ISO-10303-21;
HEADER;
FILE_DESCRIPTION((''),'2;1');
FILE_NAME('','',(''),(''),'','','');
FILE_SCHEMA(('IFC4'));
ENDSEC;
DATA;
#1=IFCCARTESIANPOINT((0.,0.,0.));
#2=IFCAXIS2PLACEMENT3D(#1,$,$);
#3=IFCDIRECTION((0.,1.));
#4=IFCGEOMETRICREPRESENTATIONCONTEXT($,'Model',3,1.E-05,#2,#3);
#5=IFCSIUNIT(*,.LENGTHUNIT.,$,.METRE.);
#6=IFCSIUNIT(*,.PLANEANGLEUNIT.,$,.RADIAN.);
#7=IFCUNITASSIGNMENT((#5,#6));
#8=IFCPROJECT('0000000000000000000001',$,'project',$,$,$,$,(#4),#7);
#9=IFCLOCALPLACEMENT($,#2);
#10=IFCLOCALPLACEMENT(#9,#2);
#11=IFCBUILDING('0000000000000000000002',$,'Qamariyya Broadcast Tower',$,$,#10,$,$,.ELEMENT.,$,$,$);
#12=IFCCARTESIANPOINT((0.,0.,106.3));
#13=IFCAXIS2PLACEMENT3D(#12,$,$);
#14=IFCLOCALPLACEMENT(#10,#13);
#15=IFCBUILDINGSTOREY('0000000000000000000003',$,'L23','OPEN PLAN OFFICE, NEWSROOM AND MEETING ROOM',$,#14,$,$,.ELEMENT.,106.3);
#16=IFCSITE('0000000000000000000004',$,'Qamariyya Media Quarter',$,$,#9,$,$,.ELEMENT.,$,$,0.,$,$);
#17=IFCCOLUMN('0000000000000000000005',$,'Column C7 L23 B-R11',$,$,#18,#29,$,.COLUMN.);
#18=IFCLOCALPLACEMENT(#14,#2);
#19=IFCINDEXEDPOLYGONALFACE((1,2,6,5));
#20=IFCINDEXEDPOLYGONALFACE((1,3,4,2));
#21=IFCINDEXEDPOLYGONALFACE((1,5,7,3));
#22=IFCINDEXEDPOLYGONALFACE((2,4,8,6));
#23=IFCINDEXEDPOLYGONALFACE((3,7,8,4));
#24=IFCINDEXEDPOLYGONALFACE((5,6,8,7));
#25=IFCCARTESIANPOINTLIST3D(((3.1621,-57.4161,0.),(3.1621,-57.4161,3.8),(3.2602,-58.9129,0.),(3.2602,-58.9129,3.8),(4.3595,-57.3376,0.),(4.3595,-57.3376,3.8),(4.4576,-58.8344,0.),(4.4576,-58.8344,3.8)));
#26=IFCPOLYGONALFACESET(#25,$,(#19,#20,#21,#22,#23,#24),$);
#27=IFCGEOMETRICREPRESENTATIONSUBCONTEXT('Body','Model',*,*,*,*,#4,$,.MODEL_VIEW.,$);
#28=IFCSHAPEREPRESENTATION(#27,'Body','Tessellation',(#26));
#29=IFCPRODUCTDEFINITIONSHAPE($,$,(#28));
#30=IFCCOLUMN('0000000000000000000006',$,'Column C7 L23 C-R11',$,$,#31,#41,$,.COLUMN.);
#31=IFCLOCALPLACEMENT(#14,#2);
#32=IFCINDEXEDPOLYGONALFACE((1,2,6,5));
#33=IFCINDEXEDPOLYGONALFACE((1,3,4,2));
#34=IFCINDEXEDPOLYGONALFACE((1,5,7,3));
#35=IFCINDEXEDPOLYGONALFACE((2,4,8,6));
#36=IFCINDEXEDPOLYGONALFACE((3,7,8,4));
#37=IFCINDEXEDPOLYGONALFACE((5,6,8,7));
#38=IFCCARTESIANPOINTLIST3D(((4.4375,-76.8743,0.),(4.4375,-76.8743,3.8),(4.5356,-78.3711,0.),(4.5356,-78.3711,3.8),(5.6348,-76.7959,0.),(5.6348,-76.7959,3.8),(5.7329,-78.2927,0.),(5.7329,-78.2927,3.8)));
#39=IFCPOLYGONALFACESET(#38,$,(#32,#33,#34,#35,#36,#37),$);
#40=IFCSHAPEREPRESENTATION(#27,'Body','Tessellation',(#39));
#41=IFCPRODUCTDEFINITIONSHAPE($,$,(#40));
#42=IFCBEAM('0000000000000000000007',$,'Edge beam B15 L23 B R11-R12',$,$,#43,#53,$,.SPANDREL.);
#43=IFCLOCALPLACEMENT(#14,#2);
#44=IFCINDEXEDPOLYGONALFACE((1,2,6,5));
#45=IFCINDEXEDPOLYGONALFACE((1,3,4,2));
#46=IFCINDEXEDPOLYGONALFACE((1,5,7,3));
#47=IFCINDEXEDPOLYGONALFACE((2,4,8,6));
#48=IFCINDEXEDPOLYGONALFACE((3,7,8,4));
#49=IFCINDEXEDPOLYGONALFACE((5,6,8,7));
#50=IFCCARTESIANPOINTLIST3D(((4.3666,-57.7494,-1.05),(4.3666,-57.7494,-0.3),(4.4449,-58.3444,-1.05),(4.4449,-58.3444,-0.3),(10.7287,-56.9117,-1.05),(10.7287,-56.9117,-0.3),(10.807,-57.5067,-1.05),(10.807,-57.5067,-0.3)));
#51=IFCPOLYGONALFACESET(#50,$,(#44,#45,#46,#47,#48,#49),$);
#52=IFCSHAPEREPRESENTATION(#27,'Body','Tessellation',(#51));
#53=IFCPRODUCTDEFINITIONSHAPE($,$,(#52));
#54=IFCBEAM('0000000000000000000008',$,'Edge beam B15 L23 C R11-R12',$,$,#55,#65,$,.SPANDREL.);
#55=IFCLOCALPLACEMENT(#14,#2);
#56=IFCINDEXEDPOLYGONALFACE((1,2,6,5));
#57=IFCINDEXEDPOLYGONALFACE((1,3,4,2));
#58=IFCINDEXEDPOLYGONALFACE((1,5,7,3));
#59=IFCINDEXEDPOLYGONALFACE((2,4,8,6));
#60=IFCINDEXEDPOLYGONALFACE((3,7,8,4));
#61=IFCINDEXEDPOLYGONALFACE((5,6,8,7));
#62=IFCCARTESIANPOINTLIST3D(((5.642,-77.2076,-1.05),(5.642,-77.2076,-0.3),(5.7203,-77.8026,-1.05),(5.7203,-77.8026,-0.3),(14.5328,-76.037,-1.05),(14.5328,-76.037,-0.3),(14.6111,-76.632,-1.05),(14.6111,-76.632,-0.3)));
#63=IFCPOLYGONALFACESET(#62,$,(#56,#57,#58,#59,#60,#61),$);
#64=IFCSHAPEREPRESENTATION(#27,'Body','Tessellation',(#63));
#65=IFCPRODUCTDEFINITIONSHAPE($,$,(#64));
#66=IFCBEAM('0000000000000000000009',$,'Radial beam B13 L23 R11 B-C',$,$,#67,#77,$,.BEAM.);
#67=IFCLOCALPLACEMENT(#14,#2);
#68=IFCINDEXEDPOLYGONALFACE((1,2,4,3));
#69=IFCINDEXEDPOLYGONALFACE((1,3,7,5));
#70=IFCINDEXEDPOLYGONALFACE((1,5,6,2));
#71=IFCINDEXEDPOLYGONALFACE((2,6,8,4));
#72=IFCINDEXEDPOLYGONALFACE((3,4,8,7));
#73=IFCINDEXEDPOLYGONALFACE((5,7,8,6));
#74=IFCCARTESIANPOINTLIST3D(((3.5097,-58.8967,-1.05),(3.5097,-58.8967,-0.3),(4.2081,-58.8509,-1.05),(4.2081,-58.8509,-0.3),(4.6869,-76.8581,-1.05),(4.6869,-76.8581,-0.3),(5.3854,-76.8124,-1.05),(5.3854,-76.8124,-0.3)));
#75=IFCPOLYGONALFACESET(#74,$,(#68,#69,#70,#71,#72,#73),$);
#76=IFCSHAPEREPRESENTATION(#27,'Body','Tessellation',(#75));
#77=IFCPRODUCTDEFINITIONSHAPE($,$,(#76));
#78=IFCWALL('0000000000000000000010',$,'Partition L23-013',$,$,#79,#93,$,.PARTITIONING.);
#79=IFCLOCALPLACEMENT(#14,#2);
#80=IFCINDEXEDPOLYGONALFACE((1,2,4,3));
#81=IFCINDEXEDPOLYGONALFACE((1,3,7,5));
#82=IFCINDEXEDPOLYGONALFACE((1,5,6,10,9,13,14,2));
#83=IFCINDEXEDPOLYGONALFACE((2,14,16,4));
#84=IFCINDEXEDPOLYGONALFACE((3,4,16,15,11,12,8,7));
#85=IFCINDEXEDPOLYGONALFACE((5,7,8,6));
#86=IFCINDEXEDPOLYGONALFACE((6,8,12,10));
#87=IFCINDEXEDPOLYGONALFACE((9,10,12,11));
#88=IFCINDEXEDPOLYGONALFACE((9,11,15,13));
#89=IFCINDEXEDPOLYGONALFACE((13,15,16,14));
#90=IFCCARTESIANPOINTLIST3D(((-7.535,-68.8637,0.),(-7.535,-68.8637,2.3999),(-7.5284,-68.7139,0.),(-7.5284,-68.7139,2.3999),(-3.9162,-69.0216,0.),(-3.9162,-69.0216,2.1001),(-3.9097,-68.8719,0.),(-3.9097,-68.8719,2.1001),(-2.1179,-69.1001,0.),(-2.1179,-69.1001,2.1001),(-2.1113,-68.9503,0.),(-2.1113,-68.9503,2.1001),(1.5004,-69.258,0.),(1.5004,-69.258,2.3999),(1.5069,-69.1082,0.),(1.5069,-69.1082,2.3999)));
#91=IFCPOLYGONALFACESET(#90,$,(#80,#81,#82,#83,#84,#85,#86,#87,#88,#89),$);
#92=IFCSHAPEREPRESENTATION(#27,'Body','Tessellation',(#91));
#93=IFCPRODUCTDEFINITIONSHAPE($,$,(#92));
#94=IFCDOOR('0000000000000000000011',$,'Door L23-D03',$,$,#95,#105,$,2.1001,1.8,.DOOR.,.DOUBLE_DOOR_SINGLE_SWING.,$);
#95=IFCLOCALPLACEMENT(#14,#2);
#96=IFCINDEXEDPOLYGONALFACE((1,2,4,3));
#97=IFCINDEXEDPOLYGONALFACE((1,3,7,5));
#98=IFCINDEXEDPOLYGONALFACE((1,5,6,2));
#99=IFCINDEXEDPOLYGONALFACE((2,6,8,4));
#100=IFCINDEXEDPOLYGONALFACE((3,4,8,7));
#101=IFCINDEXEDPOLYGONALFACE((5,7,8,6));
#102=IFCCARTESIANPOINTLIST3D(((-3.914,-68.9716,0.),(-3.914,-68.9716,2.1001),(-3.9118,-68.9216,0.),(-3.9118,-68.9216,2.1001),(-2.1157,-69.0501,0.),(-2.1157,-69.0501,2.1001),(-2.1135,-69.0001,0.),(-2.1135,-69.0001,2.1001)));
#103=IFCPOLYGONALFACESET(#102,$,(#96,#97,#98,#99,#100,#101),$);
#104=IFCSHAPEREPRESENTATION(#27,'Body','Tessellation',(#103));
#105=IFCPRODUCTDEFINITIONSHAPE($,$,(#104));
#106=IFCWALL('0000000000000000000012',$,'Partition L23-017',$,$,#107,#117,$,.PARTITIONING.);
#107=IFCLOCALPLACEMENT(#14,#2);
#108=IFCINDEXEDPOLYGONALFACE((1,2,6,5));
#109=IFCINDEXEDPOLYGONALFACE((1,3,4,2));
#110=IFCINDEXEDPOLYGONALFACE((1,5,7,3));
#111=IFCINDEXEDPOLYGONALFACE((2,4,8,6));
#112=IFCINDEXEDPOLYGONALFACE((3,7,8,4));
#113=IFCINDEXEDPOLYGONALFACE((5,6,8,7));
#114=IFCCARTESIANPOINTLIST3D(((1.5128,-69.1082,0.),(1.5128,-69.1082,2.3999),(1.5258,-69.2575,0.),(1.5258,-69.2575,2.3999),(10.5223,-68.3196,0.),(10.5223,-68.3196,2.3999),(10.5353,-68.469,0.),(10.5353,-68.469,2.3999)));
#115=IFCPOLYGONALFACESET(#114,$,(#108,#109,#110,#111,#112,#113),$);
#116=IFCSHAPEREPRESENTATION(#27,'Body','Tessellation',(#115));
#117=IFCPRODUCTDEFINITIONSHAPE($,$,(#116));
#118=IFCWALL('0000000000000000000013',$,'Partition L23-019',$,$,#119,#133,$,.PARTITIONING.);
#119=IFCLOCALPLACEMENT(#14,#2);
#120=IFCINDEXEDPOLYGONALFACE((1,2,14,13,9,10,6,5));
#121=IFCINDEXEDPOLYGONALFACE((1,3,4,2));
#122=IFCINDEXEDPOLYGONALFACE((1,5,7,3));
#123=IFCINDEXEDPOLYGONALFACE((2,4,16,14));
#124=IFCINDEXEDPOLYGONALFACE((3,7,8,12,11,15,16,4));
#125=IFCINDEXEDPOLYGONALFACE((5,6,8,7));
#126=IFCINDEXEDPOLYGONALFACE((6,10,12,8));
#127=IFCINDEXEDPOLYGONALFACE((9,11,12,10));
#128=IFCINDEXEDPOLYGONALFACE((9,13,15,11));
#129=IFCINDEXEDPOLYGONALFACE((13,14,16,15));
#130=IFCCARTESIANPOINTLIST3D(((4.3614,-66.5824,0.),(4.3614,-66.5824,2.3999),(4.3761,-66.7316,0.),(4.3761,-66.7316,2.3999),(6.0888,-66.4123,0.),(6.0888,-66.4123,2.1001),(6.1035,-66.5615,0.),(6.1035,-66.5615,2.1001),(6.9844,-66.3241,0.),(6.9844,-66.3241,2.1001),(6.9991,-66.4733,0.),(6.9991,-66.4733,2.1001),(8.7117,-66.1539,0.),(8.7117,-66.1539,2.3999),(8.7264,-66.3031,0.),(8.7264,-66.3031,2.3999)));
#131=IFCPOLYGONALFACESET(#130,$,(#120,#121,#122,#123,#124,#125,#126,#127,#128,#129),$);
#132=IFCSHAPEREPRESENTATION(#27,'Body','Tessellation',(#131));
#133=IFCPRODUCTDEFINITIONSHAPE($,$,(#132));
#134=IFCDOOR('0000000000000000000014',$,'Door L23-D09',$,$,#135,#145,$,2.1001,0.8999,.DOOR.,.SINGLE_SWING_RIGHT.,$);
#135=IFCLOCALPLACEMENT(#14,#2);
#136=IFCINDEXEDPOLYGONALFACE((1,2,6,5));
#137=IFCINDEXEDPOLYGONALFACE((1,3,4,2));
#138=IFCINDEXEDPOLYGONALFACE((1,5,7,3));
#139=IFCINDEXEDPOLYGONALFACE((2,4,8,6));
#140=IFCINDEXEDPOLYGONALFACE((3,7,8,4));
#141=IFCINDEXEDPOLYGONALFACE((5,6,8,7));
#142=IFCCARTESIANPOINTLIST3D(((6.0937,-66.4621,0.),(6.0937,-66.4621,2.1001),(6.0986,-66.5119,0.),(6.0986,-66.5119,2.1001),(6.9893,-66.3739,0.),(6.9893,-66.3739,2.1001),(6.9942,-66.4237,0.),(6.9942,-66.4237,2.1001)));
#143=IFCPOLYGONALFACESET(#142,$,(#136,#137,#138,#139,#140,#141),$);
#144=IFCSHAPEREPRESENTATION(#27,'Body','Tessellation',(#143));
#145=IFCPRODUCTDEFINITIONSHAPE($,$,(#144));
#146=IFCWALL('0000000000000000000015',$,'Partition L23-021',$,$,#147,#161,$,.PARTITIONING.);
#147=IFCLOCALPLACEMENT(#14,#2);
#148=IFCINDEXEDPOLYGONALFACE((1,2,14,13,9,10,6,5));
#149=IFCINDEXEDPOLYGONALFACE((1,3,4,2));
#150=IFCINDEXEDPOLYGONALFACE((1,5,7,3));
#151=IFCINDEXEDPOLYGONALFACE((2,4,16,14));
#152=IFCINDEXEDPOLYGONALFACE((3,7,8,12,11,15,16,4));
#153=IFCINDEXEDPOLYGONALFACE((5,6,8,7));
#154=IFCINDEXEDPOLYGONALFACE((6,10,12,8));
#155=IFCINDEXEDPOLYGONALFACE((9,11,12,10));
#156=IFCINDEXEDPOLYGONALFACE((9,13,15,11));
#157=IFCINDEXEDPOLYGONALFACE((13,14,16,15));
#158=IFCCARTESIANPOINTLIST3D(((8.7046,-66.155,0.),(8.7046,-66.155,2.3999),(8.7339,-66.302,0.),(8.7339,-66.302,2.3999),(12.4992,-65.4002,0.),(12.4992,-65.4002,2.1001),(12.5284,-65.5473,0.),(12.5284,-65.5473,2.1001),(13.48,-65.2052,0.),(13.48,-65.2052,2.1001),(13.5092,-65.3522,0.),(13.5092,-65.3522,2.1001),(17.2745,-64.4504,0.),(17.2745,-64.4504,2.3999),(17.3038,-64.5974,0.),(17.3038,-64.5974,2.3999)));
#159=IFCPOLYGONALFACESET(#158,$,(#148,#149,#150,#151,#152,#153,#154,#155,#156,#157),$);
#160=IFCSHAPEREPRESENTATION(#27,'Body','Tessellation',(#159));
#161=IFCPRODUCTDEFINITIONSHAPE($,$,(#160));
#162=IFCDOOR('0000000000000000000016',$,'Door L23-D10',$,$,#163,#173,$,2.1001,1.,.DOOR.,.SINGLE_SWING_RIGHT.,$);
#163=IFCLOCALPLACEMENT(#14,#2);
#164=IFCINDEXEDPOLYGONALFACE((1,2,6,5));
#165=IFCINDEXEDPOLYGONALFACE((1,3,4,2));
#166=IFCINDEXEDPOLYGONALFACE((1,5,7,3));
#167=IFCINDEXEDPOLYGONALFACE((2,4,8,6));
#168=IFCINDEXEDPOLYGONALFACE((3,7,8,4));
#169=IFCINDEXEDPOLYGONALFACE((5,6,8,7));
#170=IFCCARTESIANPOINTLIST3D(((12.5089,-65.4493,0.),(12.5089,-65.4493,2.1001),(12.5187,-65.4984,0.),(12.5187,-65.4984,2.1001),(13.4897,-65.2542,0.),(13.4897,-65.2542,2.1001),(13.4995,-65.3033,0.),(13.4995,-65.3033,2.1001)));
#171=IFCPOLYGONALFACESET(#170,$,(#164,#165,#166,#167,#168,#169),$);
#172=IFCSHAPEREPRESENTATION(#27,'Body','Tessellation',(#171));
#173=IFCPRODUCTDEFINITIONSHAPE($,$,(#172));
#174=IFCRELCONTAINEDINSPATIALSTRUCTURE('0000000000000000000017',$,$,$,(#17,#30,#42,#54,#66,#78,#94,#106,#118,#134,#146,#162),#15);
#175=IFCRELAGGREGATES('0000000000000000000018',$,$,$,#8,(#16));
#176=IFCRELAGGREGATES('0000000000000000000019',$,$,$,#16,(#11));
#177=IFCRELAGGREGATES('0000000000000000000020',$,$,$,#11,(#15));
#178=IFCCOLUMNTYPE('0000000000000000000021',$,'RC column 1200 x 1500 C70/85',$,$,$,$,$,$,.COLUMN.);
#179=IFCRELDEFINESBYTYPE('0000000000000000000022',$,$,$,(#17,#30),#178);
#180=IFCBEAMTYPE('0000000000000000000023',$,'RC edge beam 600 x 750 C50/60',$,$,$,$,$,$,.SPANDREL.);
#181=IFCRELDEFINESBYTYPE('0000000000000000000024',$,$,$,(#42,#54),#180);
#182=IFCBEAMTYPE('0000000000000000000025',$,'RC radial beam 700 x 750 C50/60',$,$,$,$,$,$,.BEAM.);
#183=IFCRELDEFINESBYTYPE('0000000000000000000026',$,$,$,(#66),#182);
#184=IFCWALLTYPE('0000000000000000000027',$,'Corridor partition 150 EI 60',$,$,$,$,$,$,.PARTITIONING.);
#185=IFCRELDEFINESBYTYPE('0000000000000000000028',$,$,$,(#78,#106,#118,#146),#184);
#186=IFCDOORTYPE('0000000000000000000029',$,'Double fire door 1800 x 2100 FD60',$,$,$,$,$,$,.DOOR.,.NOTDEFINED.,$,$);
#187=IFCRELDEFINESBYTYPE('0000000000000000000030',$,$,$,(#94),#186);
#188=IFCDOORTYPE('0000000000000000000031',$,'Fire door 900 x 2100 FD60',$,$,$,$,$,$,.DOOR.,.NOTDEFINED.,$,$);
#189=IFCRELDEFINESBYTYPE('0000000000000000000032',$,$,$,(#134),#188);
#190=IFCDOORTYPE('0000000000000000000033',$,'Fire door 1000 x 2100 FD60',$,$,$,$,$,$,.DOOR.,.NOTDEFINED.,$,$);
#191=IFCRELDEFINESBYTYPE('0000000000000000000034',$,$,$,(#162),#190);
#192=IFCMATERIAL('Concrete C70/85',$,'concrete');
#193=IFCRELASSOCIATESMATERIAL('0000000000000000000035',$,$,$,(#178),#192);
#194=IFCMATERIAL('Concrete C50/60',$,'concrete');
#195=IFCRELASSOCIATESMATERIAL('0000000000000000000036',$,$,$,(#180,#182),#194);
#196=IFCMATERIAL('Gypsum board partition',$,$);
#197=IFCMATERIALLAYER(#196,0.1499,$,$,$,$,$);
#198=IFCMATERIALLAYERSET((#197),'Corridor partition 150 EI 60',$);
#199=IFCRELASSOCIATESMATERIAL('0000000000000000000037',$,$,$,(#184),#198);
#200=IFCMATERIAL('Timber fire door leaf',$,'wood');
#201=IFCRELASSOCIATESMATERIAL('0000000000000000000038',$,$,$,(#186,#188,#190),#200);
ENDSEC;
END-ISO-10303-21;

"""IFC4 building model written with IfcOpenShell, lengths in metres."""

from ifc_helpers import new_model, si_unit, direction, frame, frame_2d, origin, origin_2d, place, context, subcontext, project, spatial, rectangle, extrude, material, layer, layer_set, material_profile, profile_set, type_object, element, fill, save


model = new_model("IFC4")

# Units and contexts
model_context = context("Model", 3, precision=1e-05, world=origin(), true_north=direction((0.0, 1.0)))
body_context = subcontext(model_context, "Body", "Model", "MODEL_VIEW")
ifc_project = project(units=[si_unit("LENGTHUNIT", "METRE"), si_unit("PLANEANGLEUNIT", "RADIAN")], contexts=[model_context])

# Site, building, storey
site_placement = place(None, origin())
site = spatial("IfcSite", under=ifc_project, at=site_placement, Name="Qamariyya Media Quarter", CompositionType="ELEMENT", RefElevation=0.0)
building_placement = place(site_placement, origin())
building = spatial("IfcBuilding", under=site, at=building_placement, Name="Qamariyya Broadcast Tower", CompositionType="ELEMENT")
storey_placement = place(building_placement, frame((0.0, 0.0, 106.3)))
storey = spatial("IfcBuildingStorey", under=building, at=storey_placement, Name="L23", Description="OPEN PLAN OFFICE, NEWSROOM AND MEETING ROOM", CompositionType="ELEMENT", Elevation=106.3)

# Columns
ifc_material_1 = material(Name="Concrete C70/85", Category="concrete")
ifc_material_profile_1 = material_profile(ifc_material_1, rectangle(XDim=1.2, YDim=1.5, at=origin_2d()))
ifc_profile_set_1 = profile_set([ifc_material_profile_1], Name="Concrete C70/85")
column_type = type_object("IfcColumnType", Name="RC column 1200 x 1500 C70/85", PredefinedType="COLUMN", material=ifc_profile_set_1)
for number, where, z_axis, x_axis, name in (
    (1, (3.8098, -58.1252, 0.0), (0.0, 0.0, 1.0), (0.997859, 0.065403, 0.0), "Column C7 L23 B-R11"),
    (2, (5.0852, -77.5835, 0.0), (0.0, 0.0, 1.0), (0.997859, 0.065403, 0.0), "Column C7 L23 C-R11"),
):
    element("IfcColumn", number, at=place(storey_placement, frame(where, z_axis=z_axis, x_axis=x_axis)), inside=storey, type_object=column_type, Name=name, PredefinedType="COLUMN", context=body_context, shape_type="SweptSolid", body=[
        extrude(rectangle(XDim=1.2, YDim=1.5, at=origin_2d()), origin(), (0.0, 0.0, 1.0), 3.8),
    ])

# Beams
ifc_material_2 = material(Name="Concrete C50/60", Category="concrete")
ifc_material_profile_2 = material_profile(ifc_material_2, rectangle(XDim=0.6001, YDim=0.75, at=origin_2d()))
ifc_profile_set_2 = profile_set([ifc_material_profile_2], Name="Concrete C50/60")
beam_type_1 = type_object("IfcBeamType", Name="RC edge beam 600 x 750 C50/60", PredefinedType="SPANDREL", material=ifc_profile_set_2)
beam_1_placement = place(storey_placement, frame((4.4058, -58.0469, -0.675), z_axis=(0.991444, 0.130536, 0.0), x_axis=(-0.130536, 0.991444, 0.0)))
element("IfcBeam", 3, at=beam_1_placement, inside=storey, type_object=beam_type_1, Name="Edge beam B15 L23 B R11-R12", PredefinedType="SPANDREL", context=body_context, shape_type="SweptSolid", body=[
    extrude(rectangle(XDim=0.6001, YDim=0.75, at=origin_2d()), origin(), (0.0, 0.0, 1.0), 6.417),
])
beam_2_placement = place(storey_placement, frame((5.6812, -77.5051, -0.675), z_axis=(0.991443, 0.130543, 0.0), x_axis=(-0.130543, 0.991443, 0.0)))
element("IfcBeam", 4, at=beam_2_placement, inside=storey, type_object=beam_type_1, Name="Edge beam B15 L23 C R11-R12", PredefinedType="SPANDREL", context=body_context, shape_type="SweptSolid", body=[
    extrude(rectangle(XDim=0.6001, YDim=0.75, at=origin_2d()), origin(), (0.0, 0.0, 1.0), 8.9675),
])
ifc_material_profile_3 = material_profile(ifc_material_2, rectangle(XDim=0.7, YDim=0.75, at=origin_2d()))
ifc_profile_set_3 = profile_set([ifc_material_profile_3], Name="Concrete C50/60")
beam_type_2 = type_object("IfcBeamType", Name="RC radial beam 700 x 750 C50/60", PredefinedType="BEAM", material=ifc_profile_set_3)
beam_3_placement = place(storey_placement, frame((3.8589, -58.8738, -0.675), z_axis=(0.065403, -0.997859, 0.0), x_axis=(0.997859, 0.065403, 0.0)))
element("IfcBeam", 5, at=beam_3_placement, inside=storey, type_object=beam_type_2, Name="Radial beam B13 L23 R11 B-C", PredefinedType="BEAM", context=body_context, shape_type="SweptSolid", body=[
    extrude(rectangle(XDim=0.7, YDim=0.75, at=origin_2d()), origin(), (0.0, 0.0, 1.0), 18.0),
])

# Wall, opening, door
ifc_material_3 = material(Name="Gypsum board partition")
ifc_layer_1 = layer(ifc_material_3, 0.1499)
ifc_layer_set_1 = layer_set([ifc_layer_1], Name="Corridor partition 150 EI 60")
wall_type_1 = type_object("IfcWallType", Name="Corridor partition 150 EI 60", PredefinedType="PARTITIONING", material=ifc_layer_set_1)
wall_1_placement = place(storey_placement, frame((1.5037, -69.1831, 0.0), z_axis=(0.0, 0.0, 1.0), x_axis=(-0.999049, 0.043597, 0.0)))
wall_1 = element("IfcWall", 6, at=wall_1_placement, inside=storey, type_object=wall_type_1, Name="Partition L23-013", PredefinedType="PARTITIONING", context=body_context, shape_type="SweptSolid", body=[
    extrude(rectangle(XDim=9.0439, YDim=0.1499, at=frame_2d((4.522, 0.0))), origin(), (0.0, 0.0, 1.0), 2.3999),
])
opening_1_placement = place(wall_1_placement, frame((3.6218, 0.0, 0.0)))
opening_1 = element("IfcOpeningElement", 7, at=opening_1_placement, cuts=wall_1, PredefinedType="OPENING", context=body_context, shape_type="SweptSolid", body=[
    extrude(rectangle(XDim=1.8, YDim=2.1001, at=frame_2d((0.8999, 1.05))), frame((0.0, 0.085, 0.0), z_axis=(0.0, -1.0, 0.0), x_axis=(1.0, 0.0, 0.0)), (0.0, 0.0, 1.0), 0.1699),
])
ifc_material_4 = material(Name="Timber fire door leaf", Category="wood")
door_type_1 = type_object("IfcDoorType", Name="Double fire door 1800 x 2100 FD60", OperationType="NOTDEFINED", PredefinedType="DOOR", material=ifc_material_4)
door_1_placement = place(opening_1_placement, origin())
door_1 = element("IfcDoor", 8, at=door_1_placement, inside=storey, type_object=door_type_1, Name="Door L23-D03", OperationType="DOUBLE_DOOR_SINGLE_SWING", OverallHeight=2.1001, OverallWidth=1.8, PredefinedType="DOOR", context=body_context, shape_type="SweptSolid", body=[
    extrude(rectangle(XDim=1.8, YDim=2.1001, at=frame_2d((0.8999, 1.05))), frame((0.0, 0.0249, 0.0), z_axis=(0.0, -1.0, 0.0), x_axis=(1.0, 0.0, 0.0)), (0.0, 0.0, 1.0), 0.05),
])
fill(opening_1, door_1)

# Wall
wall_2_placement = place(storey_placement, frame((1.5193, -69.1829, 0.0), z_axis=(0.0, 0.0, 1.0), x_axis=(0.996191, 0.087193, 0.0)))
element("IfcWall", 9, at=wall_2_placement, inside=storey, type_object=wall_type_1, Name="Partition L23-017", PredefinedType="PARTITIONING", context=body_context, shape_type="SweptSolid", body=[
    extrude(rectangle(XDim=9.0439, YDim=0.1499, at=frame_2d((4.522, 0.0))), origin(), (0.0, 0.0, 1.0), 2.3999),
])

# Walls, openings, doors
wall_3_placement = place(storey_placement, frame((4.3689, -66.657, 0.0), z_axis=(0.0, 0.0, 1.0), x_axis=(0.995185, 0.098016, 0.0)))
wall_3 = element("IfcWall", 10, at=wall_3_placement, inside=storey, type_object=wall_type_1, Name="Partition L23-019", PredefinedType="PARTITIONING", context=body_context, shape_type="SweptSolid", body=[
    extrude(rectangle(XDim=4.3713, YDim=0.1499, at=frame_2d((2.1855, 0.0))), origin(), (0.0, 0.0, 1.0), 2.3999),
])
opening_2_placement = place(wall_3_placement, frame((1.7356, 0.0, 0.0)))
opening_2 = element("IfcOpeningElement", 11, at=opening_2_placement, cuts=wall_3, PredefinedType="OPENING", context=body_context, shape_type="SweptSolid", body=[
    extrude(rectangle(XDim=0.8999, YDim=2.1001, at=frame_2d((0.45, 1.05))), frame((0.0, 0.085, 0.0), z_axis=(0.0, -1.0, 0.0), x_axis=(1.0, 0.0, 0.0)), (0.0, 0.0, 1.0), 0.1699),
])
door_type_2 = type_object("IfcDoorType", Name="Fire door 900 x 2100 FD60", OperationType="NOTDEFINED", PredefinedType="DOOR", material=ifc_material_4)
door_2_placement = place(opening_2_placement, origin())
door_2 = element("IfcDoor", 12, at=door_2_placement, inside=storey, type_object=door_type_2, Name="Door L23-D09", OperationType="SINGLE_SWING_RIGHT", OverallHeight=2.1001, OverallWidth=0.8999, PredefinedType="DOOR", context=body_context, shape_type="SweptSolid", body=[
    extrude(rectangle(XDim=0.8999, YDim=2.1001, at=frame_2d((0.45, 1.05))), frame((0.0, 0.0249, 0.0), z_axis=(0.0, -1.0, 0.0), x_axis=(1.0, 0.0, 0.0)), (0.0, 0.0, 1.0), 0.05),
])
fill(opening_2, door_2)
wall_4_placement = place(storey_placement, frame((8.7192, -66.2285, 0.0), z_axis=(0.0, 0.0, 1.0), x_axis=(0.980786, 0.195084, 0.0)))
wall_4 = element("IfcWall", 13, at=wall_4_placement, inside=storey, type_object=wall_type_1, Name="Partition L23-021", PredefinedType="PARTITIONING", context=body_context, shape_type="SweptSolid", body=[
    extrude(rectangle(XDim=8.7378, YDim=0.1499, at=frame_2d((4.3689, 0.0))), origin(), (0.0, 0.0, 1.0), 2.3999),
])
opening_3_placement = place(wall_4_placement, frame((3.8689, 0.0, 0.0)))
opening_3 = element("IfcOpeningElement", 14, at=opening_3_placement, cuts=wall_4, PredefinedType="OPENING", context=body_context, shape_type="SweptSolid", body=[
    extrude(rectangle(XDim=1.0, YDim=2.1001, at=frame_2d((0.5, 1.05))), frame((0.0, 0.085, 0.0), z_axis=(0.0, -1.0, 0.0), x_axis=(1.0, 0.0, 0.0)), (0.0, 0.0, 1.0), 0.1699),
])
door_type_3 = type_object("IfcDoorType", Name="Fire door 1000 x 2100 FD60", OperationType="NOTDEFINED", PredefinedType="DOOR", material=ifc_material_4)
door_3_placement = place(opening_3_placement, origin())
door_3 = element("IfcDoor", 15, at=door_3_placement, inside=storey, type_object=door_type_3, Name="Door L23-D10", OperationType="SINGLE_SWING_RIGHT", OverallHeight=2.1001, OverallWidth=1.0, PredefinedType="DOOR", context=body_context, shape_type="SweptSolid", body=[
    extrude(rectangle(XDim=1.0, YDim=2.1001, at=frame_2d((0.5, 1.05))), frame((0.0, 0.0249, 0.0), z_axis=(0.0, -1.0, 0.0), x_axis=(1.0, 0.0, 0.0)), (0.0, 0.0, 1.0), 0.05),
])
fill(opening_3, door_3)

save(model, "model.ifc")
